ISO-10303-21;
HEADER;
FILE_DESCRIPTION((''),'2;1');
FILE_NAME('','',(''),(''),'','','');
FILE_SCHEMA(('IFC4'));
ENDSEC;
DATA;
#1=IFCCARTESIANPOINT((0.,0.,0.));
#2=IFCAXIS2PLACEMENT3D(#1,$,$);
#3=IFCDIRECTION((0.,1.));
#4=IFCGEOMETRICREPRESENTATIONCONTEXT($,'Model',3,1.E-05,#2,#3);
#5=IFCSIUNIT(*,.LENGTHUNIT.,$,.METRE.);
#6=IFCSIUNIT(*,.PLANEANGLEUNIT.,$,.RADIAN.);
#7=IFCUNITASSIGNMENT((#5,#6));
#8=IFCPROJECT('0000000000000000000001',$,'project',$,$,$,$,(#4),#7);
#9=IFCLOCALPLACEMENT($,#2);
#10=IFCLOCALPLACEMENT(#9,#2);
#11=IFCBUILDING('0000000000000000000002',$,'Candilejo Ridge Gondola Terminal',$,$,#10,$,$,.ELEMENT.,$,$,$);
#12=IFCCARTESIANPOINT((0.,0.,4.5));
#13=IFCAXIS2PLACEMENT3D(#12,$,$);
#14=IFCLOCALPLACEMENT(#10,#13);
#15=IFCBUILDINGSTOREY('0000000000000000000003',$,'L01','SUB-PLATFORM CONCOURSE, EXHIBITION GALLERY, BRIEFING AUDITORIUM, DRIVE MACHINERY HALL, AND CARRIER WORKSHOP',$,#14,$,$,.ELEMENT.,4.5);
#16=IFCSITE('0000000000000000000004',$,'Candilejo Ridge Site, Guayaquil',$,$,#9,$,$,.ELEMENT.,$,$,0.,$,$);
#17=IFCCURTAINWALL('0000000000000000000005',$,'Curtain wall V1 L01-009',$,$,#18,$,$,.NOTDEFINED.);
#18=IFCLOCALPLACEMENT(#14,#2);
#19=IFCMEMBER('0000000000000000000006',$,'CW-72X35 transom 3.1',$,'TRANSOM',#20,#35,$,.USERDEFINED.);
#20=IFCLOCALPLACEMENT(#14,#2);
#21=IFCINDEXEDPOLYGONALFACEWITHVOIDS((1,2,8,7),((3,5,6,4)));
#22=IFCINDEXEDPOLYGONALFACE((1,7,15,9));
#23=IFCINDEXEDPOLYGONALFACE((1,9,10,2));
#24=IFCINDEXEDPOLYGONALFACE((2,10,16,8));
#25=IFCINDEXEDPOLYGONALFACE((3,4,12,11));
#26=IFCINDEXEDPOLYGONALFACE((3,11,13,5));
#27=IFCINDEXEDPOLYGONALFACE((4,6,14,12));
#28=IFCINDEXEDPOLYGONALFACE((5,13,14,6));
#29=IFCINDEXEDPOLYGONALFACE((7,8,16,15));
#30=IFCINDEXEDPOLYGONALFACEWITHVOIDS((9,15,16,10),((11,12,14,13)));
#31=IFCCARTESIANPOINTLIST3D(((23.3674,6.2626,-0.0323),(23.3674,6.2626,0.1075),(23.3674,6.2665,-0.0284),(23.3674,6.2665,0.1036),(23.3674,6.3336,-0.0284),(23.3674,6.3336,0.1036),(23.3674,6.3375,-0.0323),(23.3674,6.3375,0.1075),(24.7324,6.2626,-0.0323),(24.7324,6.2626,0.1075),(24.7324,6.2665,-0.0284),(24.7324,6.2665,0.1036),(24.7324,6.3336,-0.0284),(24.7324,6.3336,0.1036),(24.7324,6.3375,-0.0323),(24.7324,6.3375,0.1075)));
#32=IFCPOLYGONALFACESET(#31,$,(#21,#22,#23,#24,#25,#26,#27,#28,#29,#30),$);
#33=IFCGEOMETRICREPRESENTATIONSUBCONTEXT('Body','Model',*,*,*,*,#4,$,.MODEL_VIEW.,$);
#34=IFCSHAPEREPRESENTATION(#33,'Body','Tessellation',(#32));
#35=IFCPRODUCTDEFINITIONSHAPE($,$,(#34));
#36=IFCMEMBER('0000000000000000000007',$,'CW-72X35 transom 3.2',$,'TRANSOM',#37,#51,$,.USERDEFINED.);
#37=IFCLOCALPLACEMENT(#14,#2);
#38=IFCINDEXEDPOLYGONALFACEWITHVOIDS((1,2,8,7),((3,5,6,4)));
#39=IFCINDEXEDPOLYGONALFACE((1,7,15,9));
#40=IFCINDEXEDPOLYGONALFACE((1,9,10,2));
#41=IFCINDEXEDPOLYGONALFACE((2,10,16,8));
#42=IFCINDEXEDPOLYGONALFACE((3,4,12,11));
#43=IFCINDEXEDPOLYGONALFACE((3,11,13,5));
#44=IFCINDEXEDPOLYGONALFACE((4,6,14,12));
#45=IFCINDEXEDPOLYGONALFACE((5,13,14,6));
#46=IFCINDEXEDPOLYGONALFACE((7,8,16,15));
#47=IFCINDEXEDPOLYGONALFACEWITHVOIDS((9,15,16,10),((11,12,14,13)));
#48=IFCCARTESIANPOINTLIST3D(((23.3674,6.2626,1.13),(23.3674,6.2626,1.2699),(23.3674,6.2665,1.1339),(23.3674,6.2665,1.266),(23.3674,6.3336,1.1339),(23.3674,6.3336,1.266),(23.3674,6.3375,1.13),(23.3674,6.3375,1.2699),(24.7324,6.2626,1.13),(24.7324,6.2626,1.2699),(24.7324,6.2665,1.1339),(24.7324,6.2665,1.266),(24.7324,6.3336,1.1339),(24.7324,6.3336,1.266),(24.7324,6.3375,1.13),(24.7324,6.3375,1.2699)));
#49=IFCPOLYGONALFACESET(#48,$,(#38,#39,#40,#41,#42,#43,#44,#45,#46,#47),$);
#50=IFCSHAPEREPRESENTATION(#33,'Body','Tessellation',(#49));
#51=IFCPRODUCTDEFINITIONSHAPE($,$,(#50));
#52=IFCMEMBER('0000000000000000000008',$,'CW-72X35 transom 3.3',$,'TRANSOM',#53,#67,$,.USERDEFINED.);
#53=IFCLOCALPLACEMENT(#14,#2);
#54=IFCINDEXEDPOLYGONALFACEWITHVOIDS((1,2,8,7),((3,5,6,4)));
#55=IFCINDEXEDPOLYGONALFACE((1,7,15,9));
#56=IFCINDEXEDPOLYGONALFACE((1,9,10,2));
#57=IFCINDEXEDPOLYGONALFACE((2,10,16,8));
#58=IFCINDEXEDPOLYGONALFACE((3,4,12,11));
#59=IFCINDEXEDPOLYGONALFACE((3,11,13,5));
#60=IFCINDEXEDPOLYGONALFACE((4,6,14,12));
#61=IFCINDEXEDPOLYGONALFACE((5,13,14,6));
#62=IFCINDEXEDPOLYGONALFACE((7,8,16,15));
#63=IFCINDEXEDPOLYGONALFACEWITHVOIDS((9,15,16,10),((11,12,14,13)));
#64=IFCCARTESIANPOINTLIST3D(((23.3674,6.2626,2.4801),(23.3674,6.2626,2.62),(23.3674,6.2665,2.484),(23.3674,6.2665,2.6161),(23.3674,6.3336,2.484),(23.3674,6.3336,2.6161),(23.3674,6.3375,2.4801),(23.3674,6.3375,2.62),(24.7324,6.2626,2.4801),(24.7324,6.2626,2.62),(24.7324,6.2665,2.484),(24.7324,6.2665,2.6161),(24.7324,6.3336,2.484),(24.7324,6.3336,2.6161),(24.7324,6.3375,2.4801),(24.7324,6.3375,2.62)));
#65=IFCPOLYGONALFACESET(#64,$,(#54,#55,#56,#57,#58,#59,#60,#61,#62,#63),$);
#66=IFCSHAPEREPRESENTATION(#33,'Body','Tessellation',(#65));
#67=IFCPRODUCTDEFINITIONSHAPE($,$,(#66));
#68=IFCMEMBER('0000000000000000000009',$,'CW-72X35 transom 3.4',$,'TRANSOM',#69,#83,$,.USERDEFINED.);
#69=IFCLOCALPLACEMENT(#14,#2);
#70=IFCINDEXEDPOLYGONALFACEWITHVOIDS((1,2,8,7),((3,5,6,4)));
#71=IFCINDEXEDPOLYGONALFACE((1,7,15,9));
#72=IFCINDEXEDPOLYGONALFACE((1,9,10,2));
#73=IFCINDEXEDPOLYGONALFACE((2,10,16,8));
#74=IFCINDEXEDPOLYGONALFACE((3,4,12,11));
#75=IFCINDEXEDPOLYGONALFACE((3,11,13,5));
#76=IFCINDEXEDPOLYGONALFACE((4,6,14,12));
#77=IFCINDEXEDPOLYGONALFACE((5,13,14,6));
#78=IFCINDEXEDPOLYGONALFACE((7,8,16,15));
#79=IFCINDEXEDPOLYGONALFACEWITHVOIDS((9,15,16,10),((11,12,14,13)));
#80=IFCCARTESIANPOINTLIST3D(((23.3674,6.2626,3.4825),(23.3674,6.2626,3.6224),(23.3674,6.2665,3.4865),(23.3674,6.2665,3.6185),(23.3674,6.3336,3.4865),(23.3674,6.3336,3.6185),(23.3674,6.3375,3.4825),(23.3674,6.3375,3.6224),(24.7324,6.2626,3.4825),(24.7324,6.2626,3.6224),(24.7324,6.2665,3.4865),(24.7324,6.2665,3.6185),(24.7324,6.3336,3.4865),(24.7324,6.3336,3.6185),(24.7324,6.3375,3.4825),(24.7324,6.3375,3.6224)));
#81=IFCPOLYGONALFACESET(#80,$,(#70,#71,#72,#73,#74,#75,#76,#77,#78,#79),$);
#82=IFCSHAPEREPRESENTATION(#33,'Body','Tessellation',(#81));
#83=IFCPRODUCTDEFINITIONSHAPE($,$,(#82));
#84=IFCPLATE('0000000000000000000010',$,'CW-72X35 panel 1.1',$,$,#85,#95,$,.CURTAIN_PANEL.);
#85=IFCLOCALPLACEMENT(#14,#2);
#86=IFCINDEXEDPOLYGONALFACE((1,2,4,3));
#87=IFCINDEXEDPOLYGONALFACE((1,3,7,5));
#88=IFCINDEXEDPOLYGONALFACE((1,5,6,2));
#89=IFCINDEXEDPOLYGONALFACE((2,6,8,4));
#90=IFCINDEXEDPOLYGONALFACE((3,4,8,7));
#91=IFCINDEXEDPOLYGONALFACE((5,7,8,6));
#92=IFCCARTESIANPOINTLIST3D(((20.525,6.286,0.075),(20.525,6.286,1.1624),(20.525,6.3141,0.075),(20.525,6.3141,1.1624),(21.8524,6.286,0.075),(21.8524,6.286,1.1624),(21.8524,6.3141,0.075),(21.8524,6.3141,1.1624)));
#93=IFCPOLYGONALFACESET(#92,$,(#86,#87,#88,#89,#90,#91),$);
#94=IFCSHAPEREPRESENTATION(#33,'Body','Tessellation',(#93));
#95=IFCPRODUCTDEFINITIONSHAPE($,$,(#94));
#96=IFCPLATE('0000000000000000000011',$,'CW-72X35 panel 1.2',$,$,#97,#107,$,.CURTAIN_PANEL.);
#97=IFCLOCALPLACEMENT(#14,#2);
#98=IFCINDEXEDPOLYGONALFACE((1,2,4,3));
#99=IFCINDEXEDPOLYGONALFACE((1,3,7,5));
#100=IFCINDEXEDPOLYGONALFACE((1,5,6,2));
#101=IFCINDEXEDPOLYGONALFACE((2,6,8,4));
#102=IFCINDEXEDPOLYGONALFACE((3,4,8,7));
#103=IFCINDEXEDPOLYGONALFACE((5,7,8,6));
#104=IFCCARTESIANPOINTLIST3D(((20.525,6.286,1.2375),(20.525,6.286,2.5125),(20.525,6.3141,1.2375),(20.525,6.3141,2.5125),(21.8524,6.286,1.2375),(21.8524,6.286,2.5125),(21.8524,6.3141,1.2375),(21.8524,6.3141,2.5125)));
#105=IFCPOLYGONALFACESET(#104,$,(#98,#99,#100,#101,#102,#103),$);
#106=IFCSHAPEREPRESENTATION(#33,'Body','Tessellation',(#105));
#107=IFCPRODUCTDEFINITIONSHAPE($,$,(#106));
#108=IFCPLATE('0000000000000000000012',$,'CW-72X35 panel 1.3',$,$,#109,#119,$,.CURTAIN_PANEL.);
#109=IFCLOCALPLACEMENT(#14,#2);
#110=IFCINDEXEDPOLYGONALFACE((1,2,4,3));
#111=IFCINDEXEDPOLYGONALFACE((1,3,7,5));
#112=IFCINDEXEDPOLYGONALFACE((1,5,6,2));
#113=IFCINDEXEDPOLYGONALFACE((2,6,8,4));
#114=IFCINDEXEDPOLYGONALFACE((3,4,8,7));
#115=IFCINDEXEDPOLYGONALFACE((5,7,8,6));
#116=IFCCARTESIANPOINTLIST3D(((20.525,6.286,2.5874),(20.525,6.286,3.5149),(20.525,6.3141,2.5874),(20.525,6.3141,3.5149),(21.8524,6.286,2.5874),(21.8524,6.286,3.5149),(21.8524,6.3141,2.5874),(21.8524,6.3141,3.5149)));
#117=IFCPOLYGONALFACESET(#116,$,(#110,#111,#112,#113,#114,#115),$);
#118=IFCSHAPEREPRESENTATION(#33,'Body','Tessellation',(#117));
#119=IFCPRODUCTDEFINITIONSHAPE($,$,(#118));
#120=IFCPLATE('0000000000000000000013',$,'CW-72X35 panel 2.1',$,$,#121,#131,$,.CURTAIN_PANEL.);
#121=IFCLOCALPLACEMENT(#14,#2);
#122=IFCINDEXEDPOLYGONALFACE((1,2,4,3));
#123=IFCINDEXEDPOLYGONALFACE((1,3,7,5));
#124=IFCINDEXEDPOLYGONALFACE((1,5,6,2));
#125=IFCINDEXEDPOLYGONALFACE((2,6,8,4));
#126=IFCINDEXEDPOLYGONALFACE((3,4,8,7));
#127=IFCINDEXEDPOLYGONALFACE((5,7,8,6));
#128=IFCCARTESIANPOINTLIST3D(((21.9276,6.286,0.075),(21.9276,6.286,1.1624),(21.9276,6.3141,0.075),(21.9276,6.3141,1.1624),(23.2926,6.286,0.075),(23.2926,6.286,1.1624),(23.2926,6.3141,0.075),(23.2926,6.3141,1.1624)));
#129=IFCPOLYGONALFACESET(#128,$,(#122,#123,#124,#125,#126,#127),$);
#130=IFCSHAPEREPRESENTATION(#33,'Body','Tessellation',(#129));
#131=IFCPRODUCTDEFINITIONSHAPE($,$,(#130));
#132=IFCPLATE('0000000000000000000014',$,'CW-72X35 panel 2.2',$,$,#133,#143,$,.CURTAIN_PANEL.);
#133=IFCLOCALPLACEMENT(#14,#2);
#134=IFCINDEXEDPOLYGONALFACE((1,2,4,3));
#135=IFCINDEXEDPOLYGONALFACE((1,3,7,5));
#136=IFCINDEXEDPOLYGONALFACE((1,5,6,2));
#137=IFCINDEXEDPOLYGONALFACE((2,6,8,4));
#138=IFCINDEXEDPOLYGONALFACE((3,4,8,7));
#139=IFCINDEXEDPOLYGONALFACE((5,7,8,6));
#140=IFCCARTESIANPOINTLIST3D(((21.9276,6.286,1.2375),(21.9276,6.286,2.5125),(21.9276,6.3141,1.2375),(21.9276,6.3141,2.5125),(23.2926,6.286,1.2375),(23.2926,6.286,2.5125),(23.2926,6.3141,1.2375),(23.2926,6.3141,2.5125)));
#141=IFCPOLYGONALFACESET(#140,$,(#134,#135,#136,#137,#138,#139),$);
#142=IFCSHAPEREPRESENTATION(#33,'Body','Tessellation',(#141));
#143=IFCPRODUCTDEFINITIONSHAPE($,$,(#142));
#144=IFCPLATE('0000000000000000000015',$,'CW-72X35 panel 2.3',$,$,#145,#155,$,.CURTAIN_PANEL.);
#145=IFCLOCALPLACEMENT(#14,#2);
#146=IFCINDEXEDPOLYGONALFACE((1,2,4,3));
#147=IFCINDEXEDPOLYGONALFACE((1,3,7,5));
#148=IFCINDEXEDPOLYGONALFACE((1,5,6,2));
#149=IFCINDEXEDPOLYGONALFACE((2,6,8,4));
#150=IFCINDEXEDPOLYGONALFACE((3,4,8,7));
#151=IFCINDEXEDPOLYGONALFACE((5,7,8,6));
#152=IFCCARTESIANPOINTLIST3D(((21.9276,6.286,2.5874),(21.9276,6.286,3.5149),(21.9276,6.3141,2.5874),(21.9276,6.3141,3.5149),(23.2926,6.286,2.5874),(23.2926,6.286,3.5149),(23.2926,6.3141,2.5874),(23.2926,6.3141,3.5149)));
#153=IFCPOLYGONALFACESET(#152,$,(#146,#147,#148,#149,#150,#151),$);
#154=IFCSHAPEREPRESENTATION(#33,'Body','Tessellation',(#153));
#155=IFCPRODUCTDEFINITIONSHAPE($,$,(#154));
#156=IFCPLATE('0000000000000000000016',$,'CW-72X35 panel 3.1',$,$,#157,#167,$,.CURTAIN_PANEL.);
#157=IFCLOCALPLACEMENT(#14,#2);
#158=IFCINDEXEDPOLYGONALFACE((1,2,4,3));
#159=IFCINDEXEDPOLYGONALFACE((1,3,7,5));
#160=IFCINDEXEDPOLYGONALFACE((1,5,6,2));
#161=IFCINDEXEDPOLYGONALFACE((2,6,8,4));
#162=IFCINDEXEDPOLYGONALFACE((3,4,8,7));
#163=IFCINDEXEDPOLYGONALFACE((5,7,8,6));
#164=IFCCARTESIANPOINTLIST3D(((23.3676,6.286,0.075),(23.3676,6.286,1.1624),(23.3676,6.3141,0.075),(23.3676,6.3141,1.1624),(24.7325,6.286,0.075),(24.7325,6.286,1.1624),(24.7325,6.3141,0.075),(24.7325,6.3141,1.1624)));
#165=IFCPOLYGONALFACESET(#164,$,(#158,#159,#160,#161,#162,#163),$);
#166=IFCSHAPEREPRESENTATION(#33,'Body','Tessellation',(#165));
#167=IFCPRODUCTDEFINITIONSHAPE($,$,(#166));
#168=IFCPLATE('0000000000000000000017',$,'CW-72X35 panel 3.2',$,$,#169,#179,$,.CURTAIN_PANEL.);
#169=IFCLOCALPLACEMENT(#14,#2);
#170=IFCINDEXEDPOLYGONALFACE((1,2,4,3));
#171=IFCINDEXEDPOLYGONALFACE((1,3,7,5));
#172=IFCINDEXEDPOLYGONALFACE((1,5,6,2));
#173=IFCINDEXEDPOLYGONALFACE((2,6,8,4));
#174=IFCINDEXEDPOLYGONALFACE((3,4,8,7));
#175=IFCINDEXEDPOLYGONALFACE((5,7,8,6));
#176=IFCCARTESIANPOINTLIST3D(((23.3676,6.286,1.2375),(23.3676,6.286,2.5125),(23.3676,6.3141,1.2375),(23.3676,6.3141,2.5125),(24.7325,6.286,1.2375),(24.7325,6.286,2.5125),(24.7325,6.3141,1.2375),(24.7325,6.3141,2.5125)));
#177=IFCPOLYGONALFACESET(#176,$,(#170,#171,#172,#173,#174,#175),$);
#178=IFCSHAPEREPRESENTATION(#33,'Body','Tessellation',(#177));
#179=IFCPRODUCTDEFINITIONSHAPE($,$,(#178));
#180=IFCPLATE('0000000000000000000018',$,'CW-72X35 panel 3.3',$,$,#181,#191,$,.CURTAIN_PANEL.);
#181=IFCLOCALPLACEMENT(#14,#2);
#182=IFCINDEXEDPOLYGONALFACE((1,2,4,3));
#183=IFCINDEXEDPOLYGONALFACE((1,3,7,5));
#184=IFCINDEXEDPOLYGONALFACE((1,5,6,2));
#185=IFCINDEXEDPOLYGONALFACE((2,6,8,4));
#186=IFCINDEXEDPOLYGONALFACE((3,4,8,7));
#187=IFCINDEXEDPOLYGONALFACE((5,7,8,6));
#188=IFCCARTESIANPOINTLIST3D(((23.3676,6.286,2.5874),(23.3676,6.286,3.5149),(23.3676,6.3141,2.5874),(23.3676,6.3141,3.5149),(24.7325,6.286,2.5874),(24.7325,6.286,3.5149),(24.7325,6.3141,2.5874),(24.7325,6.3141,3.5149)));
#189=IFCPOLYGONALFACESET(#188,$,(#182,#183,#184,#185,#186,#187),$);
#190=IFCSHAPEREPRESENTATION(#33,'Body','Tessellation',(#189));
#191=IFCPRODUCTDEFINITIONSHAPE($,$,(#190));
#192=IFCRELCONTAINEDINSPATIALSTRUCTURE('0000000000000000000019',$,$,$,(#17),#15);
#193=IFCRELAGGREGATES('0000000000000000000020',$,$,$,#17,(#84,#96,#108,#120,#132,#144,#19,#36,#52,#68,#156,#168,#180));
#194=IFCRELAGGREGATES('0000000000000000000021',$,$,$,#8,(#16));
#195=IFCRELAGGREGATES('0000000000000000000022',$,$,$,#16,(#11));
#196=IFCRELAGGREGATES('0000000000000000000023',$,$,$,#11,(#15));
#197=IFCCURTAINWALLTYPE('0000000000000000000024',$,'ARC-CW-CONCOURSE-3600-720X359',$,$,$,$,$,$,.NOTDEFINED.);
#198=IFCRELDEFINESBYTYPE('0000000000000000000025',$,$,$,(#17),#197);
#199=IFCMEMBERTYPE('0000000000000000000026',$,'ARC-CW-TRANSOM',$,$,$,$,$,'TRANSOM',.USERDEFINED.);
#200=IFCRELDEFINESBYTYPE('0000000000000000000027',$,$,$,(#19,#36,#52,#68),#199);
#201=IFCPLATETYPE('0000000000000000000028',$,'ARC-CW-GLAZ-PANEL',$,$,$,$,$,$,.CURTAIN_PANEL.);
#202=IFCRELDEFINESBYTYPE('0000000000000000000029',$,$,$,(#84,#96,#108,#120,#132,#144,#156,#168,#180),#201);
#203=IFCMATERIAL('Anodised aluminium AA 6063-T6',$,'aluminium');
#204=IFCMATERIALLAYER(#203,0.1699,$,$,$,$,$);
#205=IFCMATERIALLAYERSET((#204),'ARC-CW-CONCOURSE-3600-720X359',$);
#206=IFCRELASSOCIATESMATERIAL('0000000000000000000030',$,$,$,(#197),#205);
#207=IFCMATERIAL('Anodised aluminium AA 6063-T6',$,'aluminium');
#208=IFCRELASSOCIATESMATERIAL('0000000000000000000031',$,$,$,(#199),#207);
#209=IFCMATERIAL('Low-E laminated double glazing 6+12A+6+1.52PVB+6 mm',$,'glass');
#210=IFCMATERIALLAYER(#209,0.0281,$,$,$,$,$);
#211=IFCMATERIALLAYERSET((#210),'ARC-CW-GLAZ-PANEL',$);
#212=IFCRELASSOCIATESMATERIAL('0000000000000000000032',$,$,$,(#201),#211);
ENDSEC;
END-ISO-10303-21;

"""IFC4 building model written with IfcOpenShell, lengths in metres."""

from ifc_helpers import new_model, si_unit, direction, frame, origin, origin_2d, place, context, subcontext, project, spatial, rectangle, hollow_rectangle, extrude, material, layer, layer_set, material_profile, profile_set, type_object, element, aggregate, save


model = new_model("IFC4")

# Units and contexts
model_context = context("Model", 3, precision=1e-05, world=origin(), true_north=direction((0.0, 1.0)))
body_context = subcontext(model_context, "Body", "Model", "MODEL_VIEW")
ifc_project = project(units=[si_unit("LENGTHUNIT", "METRE"), si_unit("PLANEANGLEUNIT", "RADIAN")], contexts=[model_context])

# Site, building, storey
site_placement = place(None, origin())
site = spatial("IfcSite", under=ifc_project, at=site_placement, Name="Candilejo Ridge Site, Guayaquil", CompositionType="ELEMENT", RefElevation=0.0)
building_placement = place(site_placement, origin())
building = spatial("IfcBuilding", under=site, at=building_placement, Name="Candilejo Ridge Gondola Terminal", CompositionType="ELEMENT")
storey_placement = place(building_placement, frame((0.0, 0.0, 4.5)))
storey = spatial("IfcBuildingStorey", under=building, at=storey_placement, Name="L01", Description="SUB-PLATFORM CONCOURSE, EXHIBITION GALLERY, BRIEFING AUDITORIUM, DRIVE MACHINERY HALL, AND CARRIER WORKSHOP", CompositionType="ELEMENT", Elevation=4.5)

# Curtain wall, members, plates
ifc_material_1 = material(Name="Anodised aluminium AA 6063-T6", Category="aluminium")
ifc_layer_1 = layer(ifc_material_1, 0.1699)
ifc_layer_set_1 = layer_set([ifc_layer_1], Name="ARC-CW-CONCOURSE-3600-720X359")
curtain_wall_type = type_object("IfcCurtainWallType", Name="ARC-CW-CONCOURSE-3600-720X359", PredefinedType="NOTDEFINED", material=ifc_layer_set_1)
curtain_wall_placement = place(storey_placement, origin())
curtain_wall = element("IfcCurtainWall", 1, at=curtain_wall_placement, inside=storey, type_object=curtain_wall_type, Name="Curtain wall V1 L01-009", PredefinedType="NOTDEFINED")
ifc_material_2 = material(Name="Anodised aluminium AA 6063-T6", Category="aluminium")
ifc_material_profile_1 = material_profile(ifc_material_2, hollow_rectangle(XDim=0.075, YDim=0.1399, WallThickness=0.0039, at=origin_2d()))
ifc_profile_set_1 = profile_set([ifc_material_profile_1], Name="Anodised aluminium AA 6063-T6")
member_type_1 = type_object("IfcMemberType", Name="ARC-CW-TRANSOM", ElementType="TRANSOM", PredefinedType="USERDEFINED", material=ifc_profile_set_1)
member_1_placement = place(storey_placement, frame((23.3674, 6.3, 0.0376), z_axis=(1.0, 0.0, 0.0), x_axis=(0.0, 1.0, 0.0)))
member_1 = element("IfcMember", 2, at=member_1_placement, type_object=member_type_1, Name="CW-72X35 transom 3.1", ObjectType="TRANSOM", PredefinedType="USERDEFINED", context=body_context, shape_type="SweptSolid", body=[
    extrude(hollow_rectangle(XDim=0.075, YDim=0.1399, WallThickness=0.0039, at=origin_2d()), origin(), (0.0, 0.0, 1.0), 1.365),
])
member_2_placement = place(storey_placement, frame((23.3674, 6.3, 1.2), z_axis=(1.0, 0.0, 0.0), x_axis=(0.0, 1.0, 0.0)))
member_2 = element("IfcMember", 3, at=member_2_placement, type_object=member_type_1, Name="CW-72X35 transom 3.2", ObjectType="TRANSOM", PredefinedType="USERDEFINED", context=body_context, shape_type="SweptSolid", body=[
    extrude(hollow_rectangle(XDim=0.075, YDim=0.1399, WallThickness=0.0039, at=origin_2d()), origin(), (0.0, 0.0, 1.0), 1.365),
])
member_3_placement = place(storey_placement, frame((23.3674, 6.3, 2.55), z_axis=(1.0, 0.0, 0.0), x_axis=(0.0, 1.0, 0.0)))
member_3 = element("IfcMember", 4, at=member_3_placement, type_object=member_type_1, Name="CW-72X35 transom 3.3", ObjectType="TRANSOM", PredefinedType="USERDEFINED", context=body_context, shape_type="SweptSolid", body=[
    extrude(hollow_rectangle(XDim=0.075, YDim=0.1399, WallThickness=0.0039, at=origin_2d()), origin(), (0.0, 0.0, 1.0), 1.365),
])
member_4_placement = place(storey_placement, frame((23.3674, 6.3, 3.5525), z_axis=(1.0, 0.0, 0.0), x_axis=(0.0, 1.0, 0.0)))
member_4 = element("IfcMember", 5, at=member_4_placement, type_object=member_type_1, Name="CW-72X35 transom 3.4", ObjectType="TRANSOM", PredefinedType="USERDEFINED", context=body_context, shape_type="SweptSolid", body=[
    extrude(hollow_rectangle(XDim=0.075, YDim=0.1399, WallThickness=0.0039, at=origin_2d()), origin(), (0.0, 0.0, 1.0), 1.365),
])
ifc_material_3 = material(Name="Low-E laminated double glazing 6+12A+6+1.52PVB+6 mm", Category="glass")
ifc_layer_2 = layer(ifc_material_3, 0.0281)
ifc_layer_set_2 = layer_set([ifc_layer_2], Name="ARC-CW-GLAZ-PANEL")
plate_type = type_object("IfcPlateType", Name="ARC-CW-GLAZ-PANEL", PredefinedType="CURTAIN_PANEL", material=ifc_layer_set_2)
plate_1_placement = place(storey_placement, frame((21.1887, 6.3, 0.075), z_axis=(0.0, 0.0, 1.0), x_axis=(1.0, 0.0, 0.0)))
plate_1 = element("IfcPlate", 6, at=plate_1_placement, type_object=plate_type, Name="CW-72X35 panel 1.1", PredefinedType="CURTAIN_PANEL", context=body_context, shape_type="SweptSolid", body=[
    extrude(rectangle(XDim=1.3274, YDim=0.0281, at=origin_2d()), origin(), (0.0, 0.0, 1.0), 1.0874),
])
plate_2_placement = place(storey_placement, frame((21.1887, 6.3, 1.2375), z_axis=(0.0, 0.0, 1.0), x_axis=(1.0, 0.0, 0.0)))
plate_2 = element("IfcPlate", 7, at=plate_2_placement, type_object=plate_type, Name="CW-72X35 panel 1.2", PredefinedType="CURTAIN_PANEL", context=body_context, shape_type="SweptSolid", body=[
    extrude(rectangle(XDim=1.3274, YDim=0.0281, at=origin_2d()), origin(), (0.0, 0.0, 1.0), 1.2749),
])
plate_3_placement = place(storey_placement, frame((21.1887, 6.3, 2.5874), z_axis=(0.0, 0.0, 1.0), x_axis=(1.0, 0.0, 0.0)))
plate_3 = element("IfcPlate", 8, at=plate_3_placement, type_object=plate_type, Name="CW-72X35 panel 1.3", PredefinedType="CURTAIN_PANEL", context=body_context, shape_type="SweptSolid", body=[
    extrude(rectangle(XDim=1.3274, YDim=0.0281, at=origin_2d()), origin(), (0.0, 0.0, 1.0), 0.9275),
])
plate_4_placement = place(storey_placement, frame((22.6101, 6.3, 0.075), z_axis=(0.0, 0.0, 1.0), x_axis=(1.0, 0.0, 0.0)))
plate_4 = element("IfcPlate", 9, at=plate_4_placement, type_object=plate_type, Name="CW-72X35 panel 2.1", PredefinedType="CURTAIN_PANEL", context=body_context, shape_type="SweptSolid", body=[
    extrude(rectangle(XDim=1.365, YDim=0.0281, at=origin_2d()), origin(), (0.0, 0.0, 1.0), 1.0874),
])
plate_5_placement = place(storey_placement, frame((22.6101, 6.3, 1.2375), z_axis=(0.0, 0.0, 1.0), x_axis=(1.0, 0.0, 0.0)))
plate_5 = element("IfcPlate", 10, at=plate_5_placement, type_object=plate_type, Name="CW-72X35 panel 2.2", PredefinedType="CURTAIN_PANEL", context=body_context, shape_type="SweptSolid", body=[
    extrude(rectangle(XDim=1.365, YDim=0.0281, at=origin_2d()), origin(), (0.0, 0.0, 1.0), 1.2749),
])
plate_6_placement = place(storey_placement, frame((22.6101, 6.3, 2.5874), z_axis=(0.0, 0.0, 1.0), x_axis=(1.0, 0.0, 0.0)))
plate_6 = element("IfcPlate", 11, at=plate_6_placement, type_object=plate_type, Name="CW-72X35 panel 2.3", PredefinedType="CURTAIN_PANEL", context=body_context, shape_type="SweptSolid", body=[
    extrude(rectangle(XDim=1.365, YDim=0.0281, at=origin_2d()), origin(), (0.0, 0.0, 1.0), 0.9275),
])
plate_7_placement = place(storey_placement, frame((24.05, 6.3, 0.075), z_axis=(0.0, 0.0, 1.0), x_axis=(1.0, 0.0, 0.0)))
plate_7 = element("IfcPlate", 12, at=plate_7_placement, type_object=plate_type, Name="CW-72X35 panel 3.1", PredefinedType="CURTAIN_PANEL", context=body_context, shape_type="SweptSolid", body=[
    extrude(rectangle(XDim=1.365, YDim=0.0281, at=origin_2d()), origin(), (0.0, 0.0, 1.0), 1.0874),
])
plate_8_placement = place(storey_placement, frame((24.05, 6.3, 1.2375), z_axis=(0.0, 0.0, 1.0), x_axis=(1.0, 0.0, 0.0)))
plate_8 = element("IfcPlate", 13, at=plate_8_placement, type_object=plate_type, Name="CW-72X35 panel 3.2", PredefinedType="CURTAIN_PANEL", context=body_context, shape_type="SweptSolid", body=[
    extrude(rectangle(XDim=1.365, YDim=0.0281, at=origin_2d()), origin(), (0.0, 0.0, 1.0), 1.2749),
])
plate_9_placement = place(storey_placement, frame((24.05, 6.3, 2.5874), z_axis=(0.0, 0.0, 1.0), x_axis=(1.0, 0.0, 0.0)))
plate_9 = element("IfcPlate", 14, at=plate_9_placement, type_object=plate_type, Name="CW-72X35 panel 3.3", PredefinedType="CURTAIN_PANEL", context=body_context, shape_type="SweptSolid", body=[
    extrude(rectangle(XDim=1.365, YDim=0.0281, at=origin_2d()), origin(), (0.0, 0.0, 1.0), 0.9275),
])
aggregate(curtain_wall, [plate_1, plate_2, plate_3, plate_4, plate_5, plate_6, member_1, member_2, member_3, member_4, plate_7, plate_8, plate_9])

save(model, "model.ifc")
